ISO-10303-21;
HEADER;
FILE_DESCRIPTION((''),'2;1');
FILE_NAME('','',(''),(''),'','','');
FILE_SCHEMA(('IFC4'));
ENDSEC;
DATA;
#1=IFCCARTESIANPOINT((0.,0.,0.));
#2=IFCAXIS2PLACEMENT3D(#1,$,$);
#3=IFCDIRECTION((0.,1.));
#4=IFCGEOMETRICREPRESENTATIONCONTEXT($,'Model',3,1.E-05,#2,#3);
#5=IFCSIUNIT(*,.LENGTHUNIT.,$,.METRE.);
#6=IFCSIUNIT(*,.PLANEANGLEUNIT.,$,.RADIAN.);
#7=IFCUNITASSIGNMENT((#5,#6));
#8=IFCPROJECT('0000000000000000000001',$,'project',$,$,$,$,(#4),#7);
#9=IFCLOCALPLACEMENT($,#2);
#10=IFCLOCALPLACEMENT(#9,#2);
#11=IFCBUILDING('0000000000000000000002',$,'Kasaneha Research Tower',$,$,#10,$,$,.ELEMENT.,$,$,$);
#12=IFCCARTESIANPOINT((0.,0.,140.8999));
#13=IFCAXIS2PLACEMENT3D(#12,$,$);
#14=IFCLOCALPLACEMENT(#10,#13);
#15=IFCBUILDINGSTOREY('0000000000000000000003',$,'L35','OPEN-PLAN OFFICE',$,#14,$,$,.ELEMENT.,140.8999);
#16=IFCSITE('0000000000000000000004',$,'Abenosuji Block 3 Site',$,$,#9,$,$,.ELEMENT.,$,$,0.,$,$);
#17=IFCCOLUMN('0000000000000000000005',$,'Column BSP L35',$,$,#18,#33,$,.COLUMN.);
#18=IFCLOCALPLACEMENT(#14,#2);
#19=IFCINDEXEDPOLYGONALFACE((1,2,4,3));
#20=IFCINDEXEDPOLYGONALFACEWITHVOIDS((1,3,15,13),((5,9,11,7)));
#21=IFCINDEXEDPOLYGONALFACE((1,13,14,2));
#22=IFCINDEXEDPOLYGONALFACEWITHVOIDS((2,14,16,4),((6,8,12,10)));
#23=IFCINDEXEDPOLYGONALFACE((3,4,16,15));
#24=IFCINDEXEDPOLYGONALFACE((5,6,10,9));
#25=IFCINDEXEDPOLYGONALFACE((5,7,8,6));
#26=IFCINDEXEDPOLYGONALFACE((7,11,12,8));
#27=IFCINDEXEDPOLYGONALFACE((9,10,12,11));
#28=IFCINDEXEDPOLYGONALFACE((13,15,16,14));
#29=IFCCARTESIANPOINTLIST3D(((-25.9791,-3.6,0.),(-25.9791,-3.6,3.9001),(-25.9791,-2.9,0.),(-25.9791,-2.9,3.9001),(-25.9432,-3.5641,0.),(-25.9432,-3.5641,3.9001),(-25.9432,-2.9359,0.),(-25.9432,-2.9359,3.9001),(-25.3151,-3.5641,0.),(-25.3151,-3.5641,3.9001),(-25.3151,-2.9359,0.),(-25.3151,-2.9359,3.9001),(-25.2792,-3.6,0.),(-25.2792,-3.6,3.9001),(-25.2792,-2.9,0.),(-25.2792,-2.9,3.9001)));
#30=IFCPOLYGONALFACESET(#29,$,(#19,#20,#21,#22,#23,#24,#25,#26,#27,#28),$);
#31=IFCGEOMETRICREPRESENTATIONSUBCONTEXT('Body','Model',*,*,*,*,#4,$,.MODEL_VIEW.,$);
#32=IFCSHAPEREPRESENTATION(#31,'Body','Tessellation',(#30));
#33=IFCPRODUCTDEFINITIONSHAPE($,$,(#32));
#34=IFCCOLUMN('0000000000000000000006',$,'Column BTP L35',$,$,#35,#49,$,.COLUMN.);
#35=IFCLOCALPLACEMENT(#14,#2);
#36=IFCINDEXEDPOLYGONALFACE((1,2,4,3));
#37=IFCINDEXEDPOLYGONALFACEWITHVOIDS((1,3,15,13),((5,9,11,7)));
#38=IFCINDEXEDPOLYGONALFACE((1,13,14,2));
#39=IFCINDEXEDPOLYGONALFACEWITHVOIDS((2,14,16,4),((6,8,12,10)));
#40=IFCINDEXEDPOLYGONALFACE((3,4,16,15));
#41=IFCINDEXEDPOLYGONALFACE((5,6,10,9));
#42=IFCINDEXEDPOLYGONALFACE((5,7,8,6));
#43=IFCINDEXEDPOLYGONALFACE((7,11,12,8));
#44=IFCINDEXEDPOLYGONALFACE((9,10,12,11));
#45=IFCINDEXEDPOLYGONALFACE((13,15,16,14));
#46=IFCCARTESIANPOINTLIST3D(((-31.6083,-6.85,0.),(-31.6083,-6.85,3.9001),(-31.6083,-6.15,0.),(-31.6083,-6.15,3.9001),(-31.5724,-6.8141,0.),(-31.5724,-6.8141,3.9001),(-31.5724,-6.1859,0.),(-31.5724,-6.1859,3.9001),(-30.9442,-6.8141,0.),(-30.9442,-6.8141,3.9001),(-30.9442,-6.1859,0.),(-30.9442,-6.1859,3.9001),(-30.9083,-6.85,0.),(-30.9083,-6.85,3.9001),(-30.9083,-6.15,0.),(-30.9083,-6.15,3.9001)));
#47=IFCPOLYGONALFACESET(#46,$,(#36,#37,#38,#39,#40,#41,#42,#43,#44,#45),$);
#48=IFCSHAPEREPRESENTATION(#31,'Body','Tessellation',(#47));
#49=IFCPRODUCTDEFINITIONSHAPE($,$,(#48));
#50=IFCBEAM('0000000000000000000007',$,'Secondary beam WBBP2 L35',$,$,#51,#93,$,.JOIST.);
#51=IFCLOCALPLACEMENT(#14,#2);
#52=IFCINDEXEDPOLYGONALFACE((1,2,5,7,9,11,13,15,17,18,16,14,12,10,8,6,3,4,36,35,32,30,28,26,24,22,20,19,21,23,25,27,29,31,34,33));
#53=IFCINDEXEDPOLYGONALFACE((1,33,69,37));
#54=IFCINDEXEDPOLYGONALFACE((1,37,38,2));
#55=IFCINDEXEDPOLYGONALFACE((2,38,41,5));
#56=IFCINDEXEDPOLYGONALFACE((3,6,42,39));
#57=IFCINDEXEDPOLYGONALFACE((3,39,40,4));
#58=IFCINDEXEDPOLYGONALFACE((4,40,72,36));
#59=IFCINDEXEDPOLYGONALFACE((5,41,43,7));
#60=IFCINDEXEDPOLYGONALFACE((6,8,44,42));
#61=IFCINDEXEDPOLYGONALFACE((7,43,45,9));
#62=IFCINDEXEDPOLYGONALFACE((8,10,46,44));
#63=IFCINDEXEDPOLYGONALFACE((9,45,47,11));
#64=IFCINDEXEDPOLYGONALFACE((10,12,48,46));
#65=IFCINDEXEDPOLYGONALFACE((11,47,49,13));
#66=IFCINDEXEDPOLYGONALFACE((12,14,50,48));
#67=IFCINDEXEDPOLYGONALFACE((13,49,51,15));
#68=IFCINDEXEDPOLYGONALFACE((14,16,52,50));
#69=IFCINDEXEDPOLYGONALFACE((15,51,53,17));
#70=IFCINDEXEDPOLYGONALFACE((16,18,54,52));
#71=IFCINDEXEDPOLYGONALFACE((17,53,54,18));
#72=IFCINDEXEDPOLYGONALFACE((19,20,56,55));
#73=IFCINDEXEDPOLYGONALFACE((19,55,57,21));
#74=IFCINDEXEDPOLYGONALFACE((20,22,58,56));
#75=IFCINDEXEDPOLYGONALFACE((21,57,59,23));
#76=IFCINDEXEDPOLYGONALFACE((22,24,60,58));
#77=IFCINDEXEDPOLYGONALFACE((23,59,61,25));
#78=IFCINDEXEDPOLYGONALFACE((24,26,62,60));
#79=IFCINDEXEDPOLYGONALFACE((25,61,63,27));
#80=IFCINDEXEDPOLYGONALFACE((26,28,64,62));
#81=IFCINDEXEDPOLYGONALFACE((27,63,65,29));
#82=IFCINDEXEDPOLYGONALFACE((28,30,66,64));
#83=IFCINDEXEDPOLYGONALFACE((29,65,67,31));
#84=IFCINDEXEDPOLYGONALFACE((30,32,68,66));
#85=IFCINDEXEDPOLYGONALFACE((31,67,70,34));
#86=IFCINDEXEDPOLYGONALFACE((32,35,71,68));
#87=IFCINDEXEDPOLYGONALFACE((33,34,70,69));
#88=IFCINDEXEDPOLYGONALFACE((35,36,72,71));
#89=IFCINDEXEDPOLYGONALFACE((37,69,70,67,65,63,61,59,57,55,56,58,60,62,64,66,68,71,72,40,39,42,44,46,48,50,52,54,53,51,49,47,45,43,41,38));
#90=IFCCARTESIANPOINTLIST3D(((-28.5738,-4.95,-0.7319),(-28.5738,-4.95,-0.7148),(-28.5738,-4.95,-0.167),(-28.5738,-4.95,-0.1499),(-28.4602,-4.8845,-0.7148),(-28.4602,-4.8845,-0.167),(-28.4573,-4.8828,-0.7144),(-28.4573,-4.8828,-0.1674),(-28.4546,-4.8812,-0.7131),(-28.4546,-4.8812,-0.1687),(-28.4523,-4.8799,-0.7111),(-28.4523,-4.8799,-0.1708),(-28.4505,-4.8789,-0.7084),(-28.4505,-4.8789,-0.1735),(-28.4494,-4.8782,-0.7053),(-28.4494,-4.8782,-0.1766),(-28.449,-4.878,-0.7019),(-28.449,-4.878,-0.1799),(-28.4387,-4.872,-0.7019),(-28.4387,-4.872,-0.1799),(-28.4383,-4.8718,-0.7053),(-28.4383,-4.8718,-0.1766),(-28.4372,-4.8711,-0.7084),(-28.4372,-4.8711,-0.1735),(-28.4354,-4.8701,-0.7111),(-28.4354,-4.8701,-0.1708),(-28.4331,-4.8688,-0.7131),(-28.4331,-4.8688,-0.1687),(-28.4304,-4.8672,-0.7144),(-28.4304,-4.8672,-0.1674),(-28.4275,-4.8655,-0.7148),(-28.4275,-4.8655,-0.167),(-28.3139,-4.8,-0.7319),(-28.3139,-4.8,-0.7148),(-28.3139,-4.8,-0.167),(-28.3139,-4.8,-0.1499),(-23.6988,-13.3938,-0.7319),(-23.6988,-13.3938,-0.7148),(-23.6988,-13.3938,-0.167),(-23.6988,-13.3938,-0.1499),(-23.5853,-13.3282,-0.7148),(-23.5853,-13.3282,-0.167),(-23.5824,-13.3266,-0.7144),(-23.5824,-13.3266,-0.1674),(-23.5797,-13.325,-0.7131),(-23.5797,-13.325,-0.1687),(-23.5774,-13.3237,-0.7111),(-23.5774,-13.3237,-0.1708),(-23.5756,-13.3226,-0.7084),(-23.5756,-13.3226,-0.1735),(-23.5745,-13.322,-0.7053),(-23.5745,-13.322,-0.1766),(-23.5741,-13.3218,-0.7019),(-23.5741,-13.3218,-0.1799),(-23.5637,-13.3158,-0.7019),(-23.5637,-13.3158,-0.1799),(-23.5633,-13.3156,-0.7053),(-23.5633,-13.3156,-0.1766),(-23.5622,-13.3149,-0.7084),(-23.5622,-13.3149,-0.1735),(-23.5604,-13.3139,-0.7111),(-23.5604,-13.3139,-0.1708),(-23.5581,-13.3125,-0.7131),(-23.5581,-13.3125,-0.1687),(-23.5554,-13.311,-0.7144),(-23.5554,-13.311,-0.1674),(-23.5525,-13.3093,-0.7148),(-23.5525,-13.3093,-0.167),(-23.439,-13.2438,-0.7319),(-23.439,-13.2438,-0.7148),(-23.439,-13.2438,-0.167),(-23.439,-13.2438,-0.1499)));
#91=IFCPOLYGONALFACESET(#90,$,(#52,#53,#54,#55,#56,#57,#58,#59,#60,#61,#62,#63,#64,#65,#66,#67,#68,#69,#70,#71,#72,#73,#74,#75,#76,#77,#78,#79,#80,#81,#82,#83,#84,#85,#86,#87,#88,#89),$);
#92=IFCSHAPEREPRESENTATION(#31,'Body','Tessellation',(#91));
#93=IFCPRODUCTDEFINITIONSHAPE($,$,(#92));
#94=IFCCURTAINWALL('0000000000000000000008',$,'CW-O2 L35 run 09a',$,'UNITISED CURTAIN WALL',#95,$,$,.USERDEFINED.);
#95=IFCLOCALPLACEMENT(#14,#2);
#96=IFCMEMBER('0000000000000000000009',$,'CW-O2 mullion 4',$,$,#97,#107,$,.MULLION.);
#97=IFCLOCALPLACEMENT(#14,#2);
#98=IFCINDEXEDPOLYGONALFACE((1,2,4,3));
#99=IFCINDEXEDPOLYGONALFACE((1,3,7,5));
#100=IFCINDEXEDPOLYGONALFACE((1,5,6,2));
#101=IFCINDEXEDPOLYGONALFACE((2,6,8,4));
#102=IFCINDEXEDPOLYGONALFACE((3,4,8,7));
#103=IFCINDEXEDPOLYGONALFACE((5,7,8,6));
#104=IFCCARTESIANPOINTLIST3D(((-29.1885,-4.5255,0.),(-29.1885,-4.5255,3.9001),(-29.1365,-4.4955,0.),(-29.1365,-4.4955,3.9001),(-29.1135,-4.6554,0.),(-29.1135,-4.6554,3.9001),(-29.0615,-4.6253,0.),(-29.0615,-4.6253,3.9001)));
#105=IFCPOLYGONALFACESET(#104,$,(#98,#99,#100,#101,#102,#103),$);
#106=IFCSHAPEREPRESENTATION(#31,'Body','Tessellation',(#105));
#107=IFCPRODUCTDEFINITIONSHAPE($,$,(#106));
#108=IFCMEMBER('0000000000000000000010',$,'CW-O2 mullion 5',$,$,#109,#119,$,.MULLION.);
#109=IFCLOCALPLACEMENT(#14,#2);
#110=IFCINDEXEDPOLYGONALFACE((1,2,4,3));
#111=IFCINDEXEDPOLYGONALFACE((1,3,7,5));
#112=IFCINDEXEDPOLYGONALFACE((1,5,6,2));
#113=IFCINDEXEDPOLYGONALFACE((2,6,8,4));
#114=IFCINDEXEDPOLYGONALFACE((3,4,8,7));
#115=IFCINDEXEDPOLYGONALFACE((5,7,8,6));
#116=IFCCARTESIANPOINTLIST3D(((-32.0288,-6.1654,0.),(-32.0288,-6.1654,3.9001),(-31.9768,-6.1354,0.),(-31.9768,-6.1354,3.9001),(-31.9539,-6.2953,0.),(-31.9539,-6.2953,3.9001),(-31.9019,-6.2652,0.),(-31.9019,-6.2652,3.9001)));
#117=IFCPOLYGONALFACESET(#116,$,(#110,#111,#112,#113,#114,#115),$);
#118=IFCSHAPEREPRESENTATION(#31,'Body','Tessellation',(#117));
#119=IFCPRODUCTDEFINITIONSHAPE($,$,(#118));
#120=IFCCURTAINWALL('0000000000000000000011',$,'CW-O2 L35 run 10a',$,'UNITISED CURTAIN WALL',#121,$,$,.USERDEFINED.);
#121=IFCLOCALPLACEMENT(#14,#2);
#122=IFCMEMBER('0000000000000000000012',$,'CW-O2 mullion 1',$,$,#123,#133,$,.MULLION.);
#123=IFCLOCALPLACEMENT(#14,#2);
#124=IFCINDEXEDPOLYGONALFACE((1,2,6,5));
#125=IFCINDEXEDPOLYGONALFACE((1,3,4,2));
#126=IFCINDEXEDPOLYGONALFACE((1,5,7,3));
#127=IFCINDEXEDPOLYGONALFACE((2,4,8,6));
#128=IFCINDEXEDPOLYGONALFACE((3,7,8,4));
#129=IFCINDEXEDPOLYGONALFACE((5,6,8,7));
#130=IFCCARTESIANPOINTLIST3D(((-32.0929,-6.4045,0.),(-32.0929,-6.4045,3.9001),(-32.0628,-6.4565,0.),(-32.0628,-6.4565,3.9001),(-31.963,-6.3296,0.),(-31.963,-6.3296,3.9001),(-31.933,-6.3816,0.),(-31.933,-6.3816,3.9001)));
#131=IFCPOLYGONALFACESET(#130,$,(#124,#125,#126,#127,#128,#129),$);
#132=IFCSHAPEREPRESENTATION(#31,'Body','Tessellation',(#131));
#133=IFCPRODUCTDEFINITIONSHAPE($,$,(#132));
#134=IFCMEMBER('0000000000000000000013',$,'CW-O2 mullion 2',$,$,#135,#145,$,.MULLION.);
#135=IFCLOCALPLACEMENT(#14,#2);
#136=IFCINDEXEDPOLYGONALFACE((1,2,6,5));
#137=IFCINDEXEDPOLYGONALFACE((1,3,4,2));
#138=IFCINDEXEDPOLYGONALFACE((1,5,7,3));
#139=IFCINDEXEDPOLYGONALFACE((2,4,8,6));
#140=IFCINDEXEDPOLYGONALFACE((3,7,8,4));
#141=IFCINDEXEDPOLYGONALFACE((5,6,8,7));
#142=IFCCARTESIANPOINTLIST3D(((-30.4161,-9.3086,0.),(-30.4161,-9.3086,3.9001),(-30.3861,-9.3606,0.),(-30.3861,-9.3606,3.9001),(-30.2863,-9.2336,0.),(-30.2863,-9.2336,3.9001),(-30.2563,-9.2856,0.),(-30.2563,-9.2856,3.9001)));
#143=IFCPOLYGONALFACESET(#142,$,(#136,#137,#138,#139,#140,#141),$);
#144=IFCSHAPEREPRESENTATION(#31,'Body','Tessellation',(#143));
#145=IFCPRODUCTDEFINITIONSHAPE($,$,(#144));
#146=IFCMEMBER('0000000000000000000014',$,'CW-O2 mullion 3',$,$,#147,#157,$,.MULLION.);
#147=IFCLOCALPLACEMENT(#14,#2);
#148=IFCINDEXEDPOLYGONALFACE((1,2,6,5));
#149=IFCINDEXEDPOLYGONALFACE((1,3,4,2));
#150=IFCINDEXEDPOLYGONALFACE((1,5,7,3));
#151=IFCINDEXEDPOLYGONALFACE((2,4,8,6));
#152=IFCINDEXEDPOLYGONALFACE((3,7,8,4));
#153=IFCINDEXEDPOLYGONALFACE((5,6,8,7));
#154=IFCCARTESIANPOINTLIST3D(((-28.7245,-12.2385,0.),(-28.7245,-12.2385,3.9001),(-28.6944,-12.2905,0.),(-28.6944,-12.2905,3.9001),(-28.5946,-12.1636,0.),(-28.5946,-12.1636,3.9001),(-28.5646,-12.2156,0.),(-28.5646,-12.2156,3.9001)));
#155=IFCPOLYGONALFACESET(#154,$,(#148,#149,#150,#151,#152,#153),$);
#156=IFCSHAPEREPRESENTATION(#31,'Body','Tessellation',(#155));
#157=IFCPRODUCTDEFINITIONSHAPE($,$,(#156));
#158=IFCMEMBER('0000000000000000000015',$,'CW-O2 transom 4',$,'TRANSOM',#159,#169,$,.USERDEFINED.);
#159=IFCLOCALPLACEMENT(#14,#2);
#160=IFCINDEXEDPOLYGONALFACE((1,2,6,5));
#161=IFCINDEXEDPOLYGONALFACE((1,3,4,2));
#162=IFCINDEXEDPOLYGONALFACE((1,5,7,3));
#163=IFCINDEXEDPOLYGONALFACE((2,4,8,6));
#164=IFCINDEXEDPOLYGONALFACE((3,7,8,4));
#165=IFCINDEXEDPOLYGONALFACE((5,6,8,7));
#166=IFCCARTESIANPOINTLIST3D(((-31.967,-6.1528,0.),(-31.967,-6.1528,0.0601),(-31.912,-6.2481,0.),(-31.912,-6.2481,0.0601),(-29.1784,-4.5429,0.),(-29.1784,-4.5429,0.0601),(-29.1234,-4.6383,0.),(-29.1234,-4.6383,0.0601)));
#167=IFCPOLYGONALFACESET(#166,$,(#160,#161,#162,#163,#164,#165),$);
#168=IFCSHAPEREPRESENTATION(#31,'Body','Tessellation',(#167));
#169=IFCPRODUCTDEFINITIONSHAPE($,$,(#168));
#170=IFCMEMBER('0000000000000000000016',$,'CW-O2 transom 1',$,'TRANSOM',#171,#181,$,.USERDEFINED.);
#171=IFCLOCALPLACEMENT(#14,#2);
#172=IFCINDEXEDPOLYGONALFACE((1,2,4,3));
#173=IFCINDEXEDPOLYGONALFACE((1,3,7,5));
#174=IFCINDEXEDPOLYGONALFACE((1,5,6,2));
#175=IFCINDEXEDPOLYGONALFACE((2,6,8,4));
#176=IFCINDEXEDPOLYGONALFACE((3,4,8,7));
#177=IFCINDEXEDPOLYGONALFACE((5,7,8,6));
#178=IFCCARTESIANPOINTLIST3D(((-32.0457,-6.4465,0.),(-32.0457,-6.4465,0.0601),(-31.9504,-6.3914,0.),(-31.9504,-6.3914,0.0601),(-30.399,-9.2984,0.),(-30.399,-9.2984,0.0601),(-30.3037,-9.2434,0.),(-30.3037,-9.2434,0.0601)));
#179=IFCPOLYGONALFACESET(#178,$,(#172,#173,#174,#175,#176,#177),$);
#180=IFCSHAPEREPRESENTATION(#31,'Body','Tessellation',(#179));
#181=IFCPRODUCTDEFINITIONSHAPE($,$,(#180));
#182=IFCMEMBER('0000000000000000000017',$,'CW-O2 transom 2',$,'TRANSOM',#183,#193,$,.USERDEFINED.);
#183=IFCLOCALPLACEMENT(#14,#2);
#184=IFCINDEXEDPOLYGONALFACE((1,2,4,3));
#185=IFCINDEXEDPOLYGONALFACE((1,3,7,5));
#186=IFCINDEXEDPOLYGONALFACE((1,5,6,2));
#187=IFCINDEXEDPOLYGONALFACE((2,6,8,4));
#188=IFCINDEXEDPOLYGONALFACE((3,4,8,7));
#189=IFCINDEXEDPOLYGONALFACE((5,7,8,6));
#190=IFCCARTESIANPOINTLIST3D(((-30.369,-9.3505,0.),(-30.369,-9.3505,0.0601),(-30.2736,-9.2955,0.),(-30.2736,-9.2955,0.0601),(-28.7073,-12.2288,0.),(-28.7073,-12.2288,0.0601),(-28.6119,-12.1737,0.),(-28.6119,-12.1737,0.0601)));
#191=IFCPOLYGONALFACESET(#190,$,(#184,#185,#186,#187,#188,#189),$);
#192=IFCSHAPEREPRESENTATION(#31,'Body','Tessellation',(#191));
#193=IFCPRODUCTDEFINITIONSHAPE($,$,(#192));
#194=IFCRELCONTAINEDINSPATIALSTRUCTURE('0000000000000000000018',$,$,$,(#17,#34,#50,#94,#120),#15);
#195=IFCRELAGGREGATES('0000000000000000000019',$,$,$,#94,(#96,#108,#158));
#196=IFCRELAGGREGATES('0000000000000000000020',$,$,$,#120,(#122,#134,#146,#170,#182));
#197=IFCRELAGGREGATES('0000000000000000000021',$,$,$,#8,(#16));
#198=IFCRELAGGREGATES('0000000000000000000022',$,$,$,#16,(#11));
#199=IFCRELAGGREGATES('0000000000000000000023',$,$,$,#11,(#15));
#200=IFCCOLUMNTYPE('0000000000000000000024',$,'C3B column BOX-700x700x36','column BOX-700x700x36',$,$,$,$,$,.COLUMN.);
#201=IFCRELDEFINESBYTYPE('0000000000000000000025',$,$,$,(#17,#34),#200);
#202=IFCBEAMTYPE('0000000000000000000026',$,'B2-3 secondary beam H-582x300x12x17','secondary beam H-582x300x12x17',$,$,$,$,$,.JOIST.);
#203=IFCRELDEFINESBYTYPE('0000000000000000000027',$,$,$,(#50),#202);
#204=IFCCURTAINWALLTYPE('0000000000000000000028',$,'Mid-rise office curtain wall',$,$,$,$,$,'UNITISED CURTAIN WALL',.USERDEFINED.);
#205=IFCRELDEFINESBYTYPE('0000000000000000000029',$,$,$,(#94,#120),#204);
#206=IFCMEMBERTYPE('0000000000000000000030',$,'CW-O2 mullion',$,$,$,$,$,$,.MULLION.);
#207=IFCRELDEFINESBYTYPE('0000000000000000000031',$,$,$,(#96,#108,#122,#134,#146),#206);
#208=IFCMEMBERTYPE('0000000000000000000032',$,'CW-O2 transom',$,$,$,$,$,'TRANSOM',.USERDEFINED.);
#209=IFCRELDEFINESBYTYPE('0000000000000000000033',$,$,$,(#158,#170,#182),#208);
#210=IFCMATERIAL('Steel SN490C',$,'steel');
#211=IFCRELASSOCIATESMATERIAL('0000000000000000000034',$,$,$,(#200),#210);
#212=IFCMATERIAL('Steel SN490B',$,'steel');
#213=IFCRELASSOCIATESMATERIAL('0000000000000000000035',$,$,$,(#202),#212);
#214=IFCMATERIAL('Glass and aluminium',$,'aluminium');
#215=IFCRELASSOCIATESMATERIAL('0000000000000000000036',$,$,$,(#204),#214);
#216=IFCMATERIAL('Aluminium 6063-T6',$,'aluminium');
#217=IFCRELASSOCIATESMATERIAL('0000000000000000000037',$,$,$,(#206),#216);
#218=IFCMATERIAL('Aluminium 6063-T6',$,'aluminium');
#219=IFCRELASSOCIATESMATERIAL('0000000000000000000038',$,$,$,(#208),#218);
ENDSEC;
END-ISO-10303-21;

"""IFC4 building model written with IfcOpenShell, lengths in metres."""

from ifc_helpers import new_model, si_unit, direction, frame, origin, origin_2d, place, context, subcontext, project, spatial, rectangle, hollow_rectangle, i_section, extrude, material, material_profile, profile_set, type_object, element, aggregate, save


model = new_model("IFC4")

# Units and contexts
model_context = context("Model", 3, precision=1e-05, world=origin(), true_north=direction((0.0, 1.0)))
body_context = subcontext(model_context, "Body", "Model", "MODEL_VIEW")
ifc_project = project(units=[si_unit("LENGTHUNIT", "METRE"), si_unit("PLANEANGLEUNIT", "RADIAN")], contexts=[model_context])

# Site, building, storey
site_placement = place(None, origin())
site = spatial("IfcSite", under=ifc_project, at=site_placement, Name="Abenosuji Block 3 Site", CompositionType="ELEMENT", RefElevation=0.0)
building_placement = place(site_placement, origin())
building = spatial("IfcBuilding", under=site, at=building_placement, Name="Kasaneha Research Tower", CompositionType="ELEMENT")
storey_placement = place(building_placement, frame((0.0, 0.0, 140.8999)))
storey = spatial("IfcBuildingStorey", under=building, at=storey_placement, Name="L35", Description="OPEN-PLAN OFFICE", CompositionType="ELEMENT", Elevation=140.8999)

# Columns
ifc_material_1 = material(Name="Steel SN490C", Category="steel")
ifc_material_profile_1 = material_profile(ifc_material_1, hollow_rectangle(XDim=0.7, YDim=0.7, WallThickness=0.0359, at=origin_2d()), Name="BOX-700x700x36")
ifc_profile_set_1 = profile_set([ifc_material_profile_1], Name="Steel SN490C")
column_type = type_object("IfcColumnType", Name="C3B column BOX-700x700x36", Description="column BOX-700x700x36", PredefinedType="COLUMN", material=ifc_profile_set_1)
for number, where, z_axis, x_axis, name in (
    (1, (-25.6292, -3.25, 0.0), (0.0, 0.0, 1.0), (1.0, 0.0, 0.0), "Column BSP L35"),
    (2, (-31.2583, -6.5, 0.0), (0.0, 0.0, 1.0), (1.0, 0.0, 0.0), "Column BTP L35"),
):
    element("IfcColumn", number, at=place(storey_placement, frame(where, z_axis=z_axis, x_axis=x_axis)), inside=storey, type_object=column_type, Name=name, PredefinedType="COLUMN", context=body_context, shape_type="SweptSolid", body=[
        extrude(hollow_rectangle(XDim=0.7, YDim=0.7, WallThickness=0.0359, at=origin_2d()), origin(), (0.0, 0.0, 1.0), 3.9001),
    ])

# Beam
ifc_material_2 = material(Name="Steel SN490B", Category="steel")
ifc_material_profile_2 = material_profile(ifc_material_2, i_section(OverallWidth=0.3, OverallDepth=0.582, WebThickness=0.012, FlangeThickness=0.0171, FilletRadius=0.0129, at=origin_2d()), Name="H-582x300x12x17")
ifc_profile_set_2 = profile_set([ifc_material_profile_2], Name="Steel SN490B")
beam_type_1 = type_object("IfcBeamType", Name="B2-3 secondary beam H-582x300x12x17", Description="secondary beam H-582x300x12x17", PredefinedType="JOIST", material=ifc_profile_set_2)
beam_1_placement = place(storey_placement, frame((-28.4438, -4.875, -0.4409), z_axis=(0.499996, -0.866028, 0.0), x_axis=(0.866028, 0.499996, 0.0)))
element("IfcBeam", 3, at=beam_1_placement, inside=storey, type_object=beam_type_1, Name="Secondary beam WBBP2 L35", PredefinedType="JOIST", context=body_context, shape_type="SweptSolid", body=[
    extrude(i_section(OverallWidth=0.3, OverallDepth=0.582, WebThickness=0.012, FlangeThickness=0.0171, FilletRadius=0.0129, at=origin_2d()), origin(), (0.0, 0.0, 1.0), 9.75),
])

# Curtain walls, members
ifc_material_3 = material(Name="Glass and aluminium", Category="aluminium")
curtain_wall_type = type_object("IfcCurtainWallType", Name="Mid-rise office curtain wall", ElementType="UNITISED CURTAIN WALL", PredefinedType="USERDEFINED", material=ifc_material_3)
curtain_wall_1_placement = place(storey_placement, origin())
curtain_wall_1 = element("IfcCurtainWall", 4, at=curtain_wall_1_placement, inside=storey, type_object=curtain_wall_type, Name="CW-O2 L35 run 09a", ObjectType="UNITISED CURTAIN WALL", PredefinedType="USERDEFINED")
ifc_material_4 = material(Name="Aluminium 6063-T6", Category="aluminium")
ifc_material_profile_3 = material_profile(ifc_material_4, rectangle(XDim=0.0601, YDim=0.1499, at=origin_2d()), Name="CW-O2 mullion 60x150")
ifc_profile_set_3 = profile_set([ifc_material_profile_3], Name="Aluminium 6063-T6")
member_type_1 = type_object("IfcMemberType", Name="CW-O2 mullion", PredefinedType="MULLION", material=ifc_profile_set_3)
member_1_placement = place(storey_placement, frame((-29.125, -4.5754, 0.0), z_axis=(0.0, 0.0, 1.0), x_axis=(-0.866025, -0.5, 0.0)))
member_1 = element("IfcMember", 5, at=member_1_placement, type_object=member_type_1, Name="CW-O2 mullion 4", PredefinedType="MULLION", context=body_context, shape_type="SweptSolid", body=[
    extrude(rectangle(XDim=0.0601, YDim=0.1499, at=origin_2d()), origin(), (0.0, 0.0, 1.0), 3.9001),
])
member_2_placement = place(storey_placement, frame((-31.9653, -6.2153, 0.0), z_axis=(0.0, 0.0, 1.0), x_axis=(-0.866025, -0.5, 0.0)))
member_2 = element("IfcMember", 6, at=member_2_placement, type_object=member_type_1, Name="CW-O2 mullion 5", PredefinedType="MULLION", context=body_context, shape_type="SweptSolid", body=[
    extrude(rectangle(XDim=0.0601, YDim=0.1499, at=origin_2d()), origin(), (0.0, 0.0, 1.0), 3.9001),
])
curtain_wall_2_placement = place(storey_placement, origin())
curtain_wall_2 = element("IfcCurtainWall", 7, at=curtain_wall_2_placement, inside=storey, type_object=curtain_wall_type, Name="CW-O2 L35 run 10a", ObjectType="UNITISED CURTAIN WALL", PredefinedType="USERDEFINED")
member_3_placement = place(storey_placement, frame((-32.0129, -6.3931, 0.0), z_axis=(0.0, 0.0, 1.0), x_axis=(0.5, -0.866025, 0.0)))
member_3 = element("IfcMember", 8, at=member_3_placement, type_object=member_type_1, Name="CW-O2 mullion 1", PredefinedType="MULLION", context=body_context, shape_type="SweptSolid", body=[
    extrude(rectangle(XDim=0.0601, YDim=0.1499, at=origin_2d()), origin(), (0.0, 0.0, 1.0), 3.9001),
])
member_4_placement = place(storey_placement, frame((-30.3362, -9.2971, 0.0), z_axis=(0.0, 0.0, 1.0), x_axis=(0.5, -0.866025, 0.0)))
member_4 = element("IfcMember", 9, at=member_4_placement, type_object=member_type_1, Name="CW-O2 mullion 2", PredefinedType="MULLION", context=body_context, shape_type="SweptSolid", body=[
    extrude(rectangle(XDim=0.0601, YDim=0.1499, at=origin_2d()), origin(), (0.0, 0.0, 1.0), 3.9001),
])
member_5_placement = place(storey_placement, frame((-28.6445, -12.2271, 0.0), z_axis=(0.0, 0.0, 1.0), x_axis=(0.5, -0.866025, 0.0)))
member_5 = element("IfcMember", 10, at=member_5_placement, type_object=member_type_1, Name="CW-O2 mullion 3", PredefinedType="MULLION", context=body_context, shape_type="SweptSolid", body=[
    extrude(rectangle(XDim=0.0601, YDim=0.1499, at=origin_2d()), origin(), (0.0, 0.0, 1.0), 3.9001),
])

# Members
ifc_material_5 = material(Name="Aluminium 6063-T6", Category="aluminium")
ifc_material_profile_4 = material_profile(ifc_material_5, rectangle(XDim=0.1101, YDim=0.0601, at=origin_2d()), Name="CW-O2 transom 110x60")
ifc_profile_set_4 = profile_set([ifc_material_profile_4], Name="Aluminium 6063-T6")
member_type_2 = type_object("IfcMemberType", Name="CW-O2 transom", ElementType="TRANSOM", PredefinedType="USERDEFINED", material=ifc_profile_set_4)
member_6_placement = place(storey_placement, frame((-29.1509, -4.5906, 0.03), z_axis=(-0.866042, -0.499972, 0.0), x_axis=(0.499972, -0.866042, 0.0)))
member_6 = element("IfcMember", 11, at=member_6_placement, type_object=member_type_2, Name="CW-O2 transom 4", ObjectType="TRANSOM", PredefinedType="USERDEFINED", context=body_context, shape_type="SweptSolid", body=[
    extrude(rectangle(XDim=0.1101, YDim=0.0601, at=origin_2d()), origin(), (0.0, 0.0, 1.0), 3.22),
])
member_7_placement = place(storey_placement, frame((-31.998, -6.4189, 0.03), z_axis=(0.500022, -0.866013, 0.0), x_axis=(0.866013, 0.500022, 0.0)))
member_7 = element("IfcMember", 12, at=member_7_placement, type_object=member_type_2, Name="CW-O2 transom 1", ObjectType="TRANSOM", PredefinedType="USERDEFINED", context=body_context, shape_type="SweptSolid", body=[
    extrude(rectangle(XDim=0.1101, YDim=0.0601, at=origin_2d()), origin(), (0.0, 0.0, 1.0), 3.2932),
])
member_8_placement = place(storey_placement, frame((-30.3213, -9.323, 0.03), z_axis=(0.499979, -0.866038, 0.0), x_axis=(0.866038, 0.499979, 0.0)))
member_8 = element("IfcMember", 13, at=member_8_placement, type_object=member_type_2, Name="CW-O2 transom 2", ObjectType="TRANSOM", PredefinedType="USERDEFINED", context=body_context, shape_type="SweptSolid", body=[
    extrude(rectangle(XDim=0.1101, YDim=0.0601, at=origin_2d()), origin(), (0.0, 0.0, 1.0), 3.3235),
])

aggregate(curtain_wall_1, [member_1, member_2, member_6])
aggregate(curtain_wall_2, [member_3, member_4, member_5, member_7, member_8])

save(model, "model.ifc")
